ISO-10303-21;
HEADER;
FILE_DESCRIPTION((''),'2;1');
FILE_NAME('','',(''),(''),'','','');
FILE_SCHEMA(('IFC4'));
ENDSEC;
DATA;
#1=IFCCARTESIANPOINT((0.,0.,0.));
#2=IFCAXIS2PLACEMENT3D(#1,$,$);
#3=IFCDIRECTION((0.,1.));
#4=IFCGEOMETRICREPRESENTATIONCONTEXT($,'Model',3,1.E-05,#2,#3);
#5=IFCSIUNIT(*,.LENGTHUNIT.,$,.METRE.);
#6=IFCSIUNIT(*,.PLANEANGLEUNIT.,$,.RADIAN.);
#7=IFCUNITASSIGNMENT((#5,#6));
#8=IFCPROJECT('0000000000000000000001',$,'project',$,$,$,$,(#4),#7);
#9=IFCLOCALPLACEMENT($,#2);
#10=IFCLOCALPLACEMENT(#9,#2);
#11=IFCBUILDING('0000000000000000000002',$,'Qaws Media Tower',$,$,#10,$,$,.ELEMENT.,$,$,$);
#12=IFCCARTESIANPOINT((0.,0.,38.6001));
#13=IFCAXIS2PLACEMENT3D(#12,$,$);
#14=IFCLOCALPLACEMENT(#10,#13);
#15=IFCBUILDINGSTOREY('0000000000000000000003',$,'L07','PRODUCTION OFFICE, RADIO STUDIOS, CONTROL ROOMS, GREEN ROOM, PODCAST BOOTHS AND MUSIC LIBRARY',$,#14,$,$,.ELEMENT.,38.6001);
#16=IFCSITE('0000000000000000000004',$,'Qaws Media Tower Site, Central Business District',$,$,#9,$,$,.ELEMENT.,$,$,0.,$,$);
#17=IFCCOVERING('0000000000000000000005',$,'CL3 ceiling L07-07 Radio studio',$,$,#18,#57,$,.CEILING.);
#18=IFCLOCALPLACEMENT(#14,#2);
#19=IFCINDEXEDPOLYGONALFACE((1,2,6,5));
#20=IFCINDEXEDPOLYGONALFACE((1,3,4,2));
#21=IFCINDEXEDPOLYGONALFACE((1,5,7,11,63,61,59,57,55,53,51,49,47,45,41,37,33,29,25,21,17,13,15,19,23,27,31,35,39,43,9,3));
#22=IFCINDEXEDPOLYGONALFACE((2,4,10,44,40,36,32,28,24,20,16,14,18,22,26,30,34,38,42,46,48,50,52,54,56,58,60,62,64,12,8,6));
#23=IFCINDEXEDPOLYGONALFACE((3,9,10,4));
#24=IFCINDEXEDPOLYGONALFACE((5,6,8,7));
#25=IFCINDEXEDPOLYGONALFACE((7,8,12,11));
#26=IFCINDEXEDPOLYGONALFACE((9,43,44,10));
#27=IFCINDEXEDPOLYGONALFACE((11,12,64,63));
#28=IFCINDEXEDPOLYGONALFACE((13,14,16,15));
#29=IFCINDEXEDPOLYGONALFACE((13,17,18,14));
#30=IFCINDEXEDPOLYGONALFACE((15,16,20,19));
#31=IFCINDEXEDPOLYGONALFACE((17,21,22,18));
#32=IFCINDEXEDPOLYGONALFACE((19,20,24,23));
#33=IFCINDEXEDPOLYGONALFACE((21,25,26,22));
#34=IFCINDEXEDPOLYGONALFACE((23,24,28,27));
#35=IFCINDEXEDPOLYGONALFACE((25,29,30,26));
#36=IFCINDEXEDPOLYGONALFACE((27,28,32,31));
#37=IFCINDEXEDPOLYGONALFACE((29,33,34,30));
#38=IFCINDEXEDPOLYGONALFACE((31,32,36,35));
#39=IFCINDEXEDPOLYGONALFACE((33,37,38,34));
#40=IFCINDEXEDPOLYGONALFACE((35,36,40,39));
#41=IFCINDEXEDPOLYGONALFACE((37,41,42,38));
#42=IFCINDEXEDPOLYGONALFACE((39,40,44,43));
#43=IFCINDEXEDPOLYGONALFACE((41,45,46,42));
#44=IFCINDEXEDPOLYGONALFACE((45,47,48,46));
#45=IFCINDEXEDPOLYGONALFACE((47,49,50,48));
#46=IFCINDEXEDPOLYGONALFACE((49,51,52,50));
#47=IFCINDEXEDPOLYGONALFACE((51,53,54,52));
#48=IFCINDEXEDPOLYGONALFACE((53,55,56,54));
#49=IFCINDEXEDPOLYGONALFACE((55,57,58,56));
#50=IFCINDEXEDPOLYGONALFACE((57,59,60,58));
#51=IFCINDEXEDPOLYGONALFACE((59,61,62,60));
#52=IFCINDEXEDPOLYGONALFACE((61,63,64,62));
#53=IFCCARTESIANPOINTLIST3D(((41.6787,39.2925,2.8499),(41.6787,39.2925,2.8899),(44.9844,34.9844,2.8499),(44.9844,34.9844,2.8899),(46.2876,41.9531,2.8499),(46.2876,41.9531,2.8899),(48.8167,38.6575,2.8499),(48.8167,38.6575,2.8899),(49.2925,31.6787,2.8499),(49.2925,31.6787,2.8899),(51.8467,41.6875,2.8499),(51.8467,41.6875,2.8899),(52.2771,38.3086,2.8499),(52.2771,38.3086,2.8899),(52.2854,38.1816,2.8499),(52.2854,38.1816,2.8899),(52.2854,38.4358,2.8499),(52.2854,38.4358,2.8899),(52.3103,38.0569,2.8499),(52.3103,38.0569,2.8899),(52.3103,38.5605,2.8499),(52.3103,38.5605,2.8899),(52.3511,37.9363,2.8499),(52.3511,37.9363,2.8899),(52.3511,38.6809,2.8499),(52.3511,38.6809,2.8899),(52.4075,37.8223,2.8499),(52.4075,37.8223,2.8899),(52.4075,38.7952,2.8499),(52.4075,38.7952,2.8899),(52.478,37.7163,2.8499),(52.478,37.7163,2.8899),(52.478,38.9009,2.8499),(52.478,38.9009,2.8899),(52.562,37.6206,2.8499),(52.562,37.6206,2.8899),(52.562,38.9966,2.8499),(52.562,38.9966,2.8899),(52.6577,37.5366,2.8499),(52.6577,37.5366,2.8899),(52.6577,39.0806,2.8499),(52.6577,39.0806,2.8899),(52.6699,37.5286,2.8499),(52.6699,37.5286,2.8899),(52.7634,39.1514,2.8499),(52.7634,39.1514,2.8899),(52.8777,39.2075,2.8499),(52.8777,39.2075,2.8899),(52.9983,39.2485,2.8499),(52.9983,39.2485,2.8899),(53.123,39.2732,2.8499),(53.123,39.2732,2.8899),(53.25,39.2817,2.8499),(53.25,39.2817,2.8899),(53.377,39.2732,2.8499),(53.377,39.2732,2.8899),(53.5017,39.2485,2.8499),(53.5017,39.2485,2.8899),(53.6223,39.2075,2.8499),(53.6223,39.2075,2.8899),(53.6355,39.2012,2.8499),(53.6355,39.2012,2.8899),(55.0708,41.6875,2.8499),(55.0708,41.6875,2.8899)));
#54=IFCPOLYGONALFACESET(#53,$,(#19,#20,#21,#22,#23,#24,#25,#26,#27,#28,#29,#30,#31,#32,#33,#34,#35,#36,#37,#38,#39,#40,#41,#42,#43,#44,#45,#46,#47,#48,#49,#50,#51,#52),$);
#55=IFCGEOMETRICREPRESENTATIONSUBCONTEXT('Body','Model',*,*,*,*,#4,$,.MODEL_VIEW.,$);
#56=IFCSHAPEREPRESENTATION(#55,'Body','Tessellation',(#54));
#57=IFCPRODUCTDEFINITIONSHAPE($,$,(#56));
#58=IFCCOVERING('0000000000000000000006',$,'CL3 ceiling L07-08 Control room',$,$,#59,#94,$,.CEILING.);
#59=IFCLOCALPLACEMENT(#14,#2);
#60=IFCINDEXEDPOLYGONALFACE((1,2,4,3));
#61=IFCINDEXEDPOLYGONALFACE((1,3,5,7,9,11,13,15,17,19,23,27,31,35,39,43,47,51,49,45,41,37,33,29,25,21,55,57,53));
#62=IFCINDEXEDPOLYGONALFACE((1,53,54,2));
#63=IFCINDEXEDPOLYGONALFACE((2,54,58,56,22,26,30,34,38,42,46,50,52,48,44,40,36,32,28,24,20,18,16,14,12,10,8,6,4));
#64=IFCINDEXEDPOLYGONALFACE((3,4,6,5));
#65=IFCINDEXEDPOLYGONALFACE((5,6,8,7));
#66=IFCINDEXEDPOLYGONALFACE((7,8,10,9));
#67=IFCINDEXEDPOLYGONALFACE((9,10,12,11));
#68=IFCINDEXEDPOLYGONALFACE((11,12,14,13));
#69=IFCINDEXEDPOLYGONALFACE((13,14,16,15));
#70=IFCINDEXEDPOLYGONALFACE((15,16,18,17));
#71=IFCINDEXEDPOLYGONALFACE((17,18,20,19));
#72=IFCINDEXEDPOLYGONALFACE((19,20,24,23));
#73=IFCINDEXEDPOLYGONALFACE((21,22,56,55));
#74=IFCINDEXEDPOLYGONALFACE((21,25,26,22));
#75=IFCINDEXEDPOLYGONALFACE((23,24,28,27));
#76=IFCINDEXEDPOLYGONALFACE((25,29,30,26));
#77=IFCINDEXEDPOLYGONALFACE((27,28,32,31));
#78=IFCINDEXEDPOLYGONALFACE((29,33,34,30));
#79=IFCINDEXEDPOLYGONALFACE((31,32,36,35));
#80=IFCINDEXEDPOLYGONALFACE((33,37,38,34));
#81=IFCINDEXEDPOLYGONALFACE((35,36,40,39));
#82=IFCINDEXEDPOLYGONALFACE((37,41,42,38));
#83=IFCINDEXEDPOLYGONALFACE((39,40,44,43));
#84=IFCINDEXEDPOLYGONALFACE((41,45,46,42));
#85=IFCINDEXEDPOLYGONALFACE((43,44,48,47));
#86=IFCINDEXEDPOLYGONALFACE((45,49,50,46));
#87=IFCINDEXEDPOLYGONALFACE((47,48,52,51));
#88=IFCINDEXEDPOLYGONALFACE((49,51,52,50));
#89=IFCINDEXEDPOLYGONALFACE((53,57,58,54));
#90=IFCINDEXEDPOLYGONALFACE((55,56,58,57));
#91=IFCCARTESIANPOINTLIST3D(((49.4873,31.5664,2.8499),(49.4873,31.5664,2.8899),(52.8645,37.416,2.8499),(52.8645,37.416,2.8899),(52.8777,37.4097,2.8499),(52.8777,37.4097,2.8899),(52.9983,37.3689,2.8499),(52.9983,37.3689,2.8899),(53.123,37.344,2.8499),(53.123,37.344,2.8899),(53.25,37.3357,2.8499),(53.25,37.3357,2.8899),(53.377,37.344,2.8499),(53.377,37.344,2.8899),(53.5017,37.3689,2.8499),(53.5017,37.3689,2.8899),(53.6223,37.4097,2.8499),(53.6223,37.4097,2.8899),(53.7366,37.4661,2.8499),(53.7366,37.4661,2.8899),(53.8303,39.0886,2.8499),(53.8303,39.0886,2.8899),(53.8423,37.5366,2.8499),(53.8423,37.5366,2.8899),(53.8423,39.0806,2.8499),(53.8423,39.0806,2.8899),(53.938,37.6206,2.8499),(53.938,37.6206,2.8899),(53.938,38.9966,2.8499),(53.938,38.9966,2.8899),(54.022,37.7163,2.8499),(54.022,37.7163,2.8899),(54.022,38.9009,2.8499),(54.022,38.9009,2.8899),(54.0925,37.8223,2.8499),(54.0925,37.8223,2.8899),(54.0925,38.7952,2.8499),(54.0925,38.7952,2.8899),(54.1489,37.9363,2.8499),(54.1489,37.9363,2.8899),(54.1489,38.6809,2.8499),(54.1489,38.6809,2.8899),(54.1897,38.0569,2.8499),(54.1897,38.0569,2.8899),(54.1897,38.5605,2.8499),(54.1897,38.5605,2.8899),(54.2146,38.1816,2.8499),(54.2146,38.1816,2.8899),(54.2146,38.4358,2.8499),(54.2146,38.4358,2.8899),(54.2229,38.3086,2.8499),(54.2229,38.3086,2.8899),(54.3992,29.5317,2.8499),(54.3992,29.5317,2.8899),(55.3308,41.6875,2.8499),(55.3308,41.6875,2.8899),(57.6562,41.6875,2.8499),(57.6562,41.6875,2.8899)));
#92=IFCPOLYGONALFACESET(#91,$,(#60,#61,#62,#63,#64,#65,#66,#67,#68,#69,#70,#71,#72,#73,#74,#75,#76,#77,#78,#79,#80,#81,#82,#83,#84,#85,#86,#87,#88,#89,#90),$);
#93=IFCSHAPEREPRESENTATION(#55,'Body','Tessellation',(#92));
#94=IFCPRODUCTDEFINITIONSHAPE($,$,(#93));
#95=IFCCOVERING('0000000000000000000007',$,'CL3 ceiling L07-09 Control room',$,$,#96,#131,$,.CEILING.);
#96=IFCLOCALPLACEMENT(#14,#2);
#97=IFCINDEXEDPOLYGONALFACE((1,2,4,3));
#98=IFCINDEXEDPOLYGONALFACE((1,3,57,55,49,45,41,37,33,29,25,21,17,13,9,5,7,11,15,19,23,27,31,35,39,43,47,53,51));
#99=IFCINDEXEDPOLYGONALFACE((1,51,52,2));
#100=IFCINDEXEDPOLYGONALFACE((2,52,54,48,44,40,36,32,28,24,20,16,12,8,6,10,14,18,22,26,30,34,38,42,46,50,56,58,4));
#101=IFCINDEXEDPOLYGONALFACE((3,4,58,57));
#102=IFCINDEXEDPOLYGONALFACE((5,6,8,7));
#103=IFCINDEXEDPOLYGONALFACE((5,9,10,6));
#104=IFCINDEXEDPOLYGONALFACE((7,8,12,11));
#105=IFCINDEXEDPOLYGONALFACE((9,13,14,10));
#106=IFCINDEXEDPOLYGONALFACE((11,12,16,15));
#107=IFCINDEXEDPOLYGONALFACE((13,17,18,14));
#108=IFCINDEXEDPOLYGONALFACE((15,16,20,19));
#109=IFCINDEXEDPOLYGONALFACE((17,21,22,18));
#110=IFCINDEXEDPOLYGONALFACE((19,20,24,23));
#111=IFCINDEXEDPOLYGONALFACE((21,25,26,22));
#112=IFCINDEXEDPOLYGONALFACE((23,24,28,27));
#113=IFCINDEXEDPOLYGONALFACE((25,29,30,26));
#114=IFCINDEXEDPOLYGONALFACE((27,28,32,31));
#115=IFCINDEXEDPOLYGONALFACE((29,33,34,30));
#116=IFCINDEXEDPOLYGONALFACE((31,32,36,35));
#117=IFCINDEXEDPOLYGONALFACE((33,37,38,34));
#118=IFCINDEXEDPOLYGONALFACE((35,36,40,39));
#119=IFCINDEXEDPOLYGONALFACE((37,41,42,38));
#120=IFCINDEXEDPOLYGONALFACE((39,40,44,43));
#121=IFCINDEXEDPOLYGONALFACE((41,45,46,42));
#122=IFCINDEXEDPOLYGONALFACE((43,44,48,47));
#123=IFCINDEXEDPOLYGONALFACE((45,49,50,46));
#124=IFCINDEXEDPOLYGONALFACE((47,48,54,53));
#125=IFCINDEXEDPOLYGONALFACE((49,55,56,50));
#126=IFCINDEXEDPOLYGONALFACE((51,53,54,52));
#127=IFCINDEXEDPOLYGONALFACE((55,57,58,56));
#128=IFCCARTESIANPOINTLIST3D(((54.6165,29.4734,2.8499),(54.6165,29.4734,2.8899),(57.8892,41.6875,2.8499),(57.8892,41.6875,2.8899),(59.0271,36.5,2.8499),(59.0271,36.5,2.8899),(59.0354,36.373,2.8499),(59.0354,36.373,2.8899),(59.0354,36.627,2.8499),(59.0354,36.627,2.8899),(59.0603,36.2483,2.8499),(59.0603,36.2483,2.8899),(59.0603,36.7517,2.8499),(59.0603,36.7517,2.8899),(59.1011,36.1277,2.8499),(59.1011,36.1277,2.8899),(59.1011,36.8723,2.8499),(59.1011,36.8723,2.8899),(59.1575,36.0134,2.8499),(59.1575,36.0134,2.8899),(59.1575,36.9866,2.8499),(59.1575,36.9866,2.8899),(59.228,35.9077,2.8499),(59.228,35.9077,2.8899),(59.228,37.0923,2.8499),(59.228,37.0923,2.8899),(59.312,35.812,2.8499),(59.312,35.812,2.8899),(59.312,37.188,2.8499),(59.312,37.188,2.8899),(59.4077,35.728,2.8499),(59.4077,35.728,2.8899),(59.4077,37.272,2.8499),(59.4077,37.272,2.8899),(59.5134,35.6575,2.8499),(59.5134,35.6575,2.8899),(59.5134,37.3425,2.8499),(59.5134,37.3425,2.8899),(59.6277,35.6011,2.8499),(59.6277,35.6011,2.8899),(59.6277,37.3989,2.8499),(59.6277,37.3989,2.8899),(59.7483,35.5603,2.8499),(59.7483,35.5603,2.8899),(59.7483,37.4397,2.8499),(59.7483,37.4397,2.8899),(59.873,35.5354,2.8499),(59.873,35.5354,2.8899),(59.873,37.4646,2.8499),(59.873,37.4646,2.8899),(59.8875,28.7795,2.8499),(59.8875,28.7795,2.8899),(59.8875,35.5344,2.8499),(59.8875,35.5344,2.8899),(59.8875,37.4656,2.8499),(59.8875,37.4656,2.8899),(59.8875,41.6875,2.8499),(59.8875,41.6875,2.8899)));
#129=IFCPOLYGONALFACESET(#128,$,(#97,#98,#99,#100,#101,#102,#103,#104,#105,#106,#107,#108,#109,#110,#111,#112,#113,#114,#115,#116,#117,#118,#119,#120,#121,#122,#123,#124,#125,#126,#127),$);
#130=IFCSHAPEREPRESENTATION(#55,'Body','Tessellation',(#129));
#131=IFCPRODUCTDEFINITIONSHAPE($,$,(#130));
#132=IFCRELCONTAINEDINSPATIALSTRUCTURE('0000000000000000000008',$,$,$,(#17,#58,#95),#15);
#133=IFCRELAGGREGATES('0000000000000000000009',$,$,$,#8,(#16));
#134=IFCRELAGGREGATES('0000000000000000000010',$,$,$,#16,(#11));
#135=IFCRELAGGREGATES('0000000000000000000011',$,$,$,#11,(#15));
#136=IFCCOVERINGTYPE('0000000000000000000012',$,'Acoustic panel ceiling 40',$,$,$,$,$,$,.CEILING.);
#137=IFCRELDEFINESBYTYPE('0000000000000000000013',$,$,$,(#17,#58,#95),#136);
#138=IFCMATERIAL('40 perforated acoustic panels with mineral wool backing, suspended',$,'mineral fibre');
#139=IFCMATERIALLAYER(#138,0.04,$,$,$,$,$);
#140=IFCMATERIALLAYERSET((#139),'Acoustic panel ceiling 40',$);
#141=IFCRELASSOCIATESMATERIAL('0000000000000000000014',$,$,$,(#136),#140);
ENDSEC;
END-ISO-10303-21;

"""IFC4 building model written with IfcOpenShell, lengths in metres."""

from ifc_helpers import new_model, si_unit, direction, frame, origin, place, context, subcontext, project, spatial, polyline, outline, extrude, material, layer, layer_set, type_object, element, save


model = new_model("IFC4")

# Units and contexts
model_context = context("Model", 3, precision=1e-05, world=origin(), true_north=direction((0.0, 1.0)))
body_context = subcontext(model_context, "Body", "Model", "MODEL_VIEW")
ifc_project = project(units=[si_unit("LENGTHUNIT", "METRE"), si_unit("PLANEANGLEUNIT", "RADIAN")], contexts=[model_context])

# Site, building, storey
site_placement = place(None, origin())
site = spatial("IfcSite", under=ifc_project, at=site_placement, Name="Qaws Media Tower Site, Central Business District", CompositionType="ELEMENT", RefElevation=0.0)
building_placement = place(site_placement, origin())
building = spatial("IfcBuilding", under=site, at=building_placement, Name="Qaws Media Tower", CompositionType="ELEMENT")
storey_placement = place(building_placement, frame((0.0, 0.0, 38.6001)))
storey = spatial("IfcBuildingStorey", under=building, at=storey_placement, Name="L07", Description="PRODUCTION OFFICE, RADIO STUDIOS, CONTROL ROOMS, GREEN ROOM, PODCAST BOOTHS AND MUSIC LIBRARY", CompositionType="ELEMENT", Elevation=38.6001)

# Coverings
ifc_material_1 = material(Name="40 perforated acoustic panels with mineral wool backing, suspended", Category="mineral fibre")
ifc_layer_1 = layer(ifc_material_1, 0.04)
ifc_layer_set_1 = layer_set([ifc_layer_1], Name="Acoustic panel ceiling 40")
covering_type_1 = type_object("IfcCoveringType", Name="Acoustic panel ceiling 40", PredefinedType="CEILING", material=ifc_layer_set_1)
covering_1_placement = place(storey_placement, frame((0.0, 0.0, 2.8499)))
element("IfcCovering", 1, at=covering_1_placement, inside=storey, type_object=covering_type_1, Name="CL3 ceiling L07-07 Radio studio", PredefinedType="CEILING", context=body_context, shape_type="SweptSolid", body=[
    extrude(outline(polyline([(48.8167, 38.6575), (51.8467, 41.6875), (55.0708, 41.6875), (53.6355, 39.2012), (53.6223, 39.2075), (53.5017, 39.2485), (53.377, 39.2732), (53.25, 39.2817), (53.123, 39.2732), (52.9983, 39.2485), (52.8777, 39.2075), (52.7634, 39.1514), (52.6577, 39.0806), (52.562, 38.9966), (52.478, 38.9009), (52.4075, 38.7952), (52.3511, 38.6809), (52.3103, 38.5605), (52.2854, 38.4358), (52.2771, 38.3086), (52.2854, 38.1816), (52.3103, 38.0569), (52.3511, 37.9363), (52.4075, 37.8223), (52.478, 37.7163), (52.562, 37.6206), (52.6577, 37.5366), (52.6699, 37.5286), (49.2925, 31.6787), (44.9844, 34.9844), (41.6787, 39.2925), (46.2876, 41.9531), (48.8167, 38.6575)])), origin(), (0.0, 0.0, 1.0), 0.04),
])
covering_2_placement = place(storey_placement, frame((0.0, 0.0, 2.8499)))
element("IfcCovering", 2, at=covering_2_placement, inside=storey, type_object=covering_type_1, Name="CL3 ceiling L07-08 Control room", PredefinedType="CEILING", context=body_context, shape_type="SweptSolid", body=[
    extrude(outline(polyline([(49.4873, 31.5664), (52.8645, 37.416), (52.8777, 37.4097), (52.9983, 37.3689), (53.123, 37.344), (53.25, 37.3357), (53.377, 37.344), (53.5017, 37.3689), (53.6223, 37.4097), (53.7366, 37.4661), (53.8423, 37.5366), (53.938, 37.6206), (54.022, 37.7163), (54.0925, 37.8223), (54.1489, 37.9363), (54.1897, 38.0569), (54.2146, 38.1816), (54.2229, 38.3086), (54.2146, 38.4358), (54.1897, 38.5605), (54.1489, 38.6809), (54.0925, 38.7952), (54.022, 38.9009), (53.938, 38.9966), (53.8423, 39.0806), (53.8303, 39.0886), (55.3308, 41.6875), (57.6562, 41.6875), (54.3992, 29.5317), (49.4873, 31.5664)])), origin(), (0.0, 0.0, 1.0), 0.04),
])
covering_3_placement = place(storey_placement, frame((0.0, 0.0, 2.8499)))
element("IfcCovering", 3, at=covering_3_placement, inside=storey, type_object=covering_type_1, Name="CL3 ceiling L07-09 Control room", PredefinedType="CEILING", context=body_context, shape_type="SweptSolid", body=[
    extrude(outline(polyline([(54.6165, 29.4734), (57.8892, 41.6875), (59.8875, 41.6875), (59.8875, 37.4656), (59.873, 37.4646), (59.7483, 37.4397), (59.6277, 37.3989), (59.5134, 37.3425), (59.4077, 37.272), (59.312, 37.188), (59.228, 37.0923), (59.1575, 36.9866), (59.1011, 36.8723), (59.0603, 36.7517), (59.0354, 36.627), (59.0271, 36.5), (59.0354, 36.373), (59.0603, 36.2483), (59.1011, 36.1277), (59.1575, 36.0134), (59.228, 35.9077), (59.312, 35.812), (59.4077, 35.728), (59.5134, 35.6575), (59.6277, 35.6011), (59.7483, 35.5603), (59.873, 35.5354), (59.8875, 35.5344), (59.8875, 28.7795), (54.6165, 29.4734)])), origin(), (0.0, 0.0, 1.0), 0.04),
])

save(model, "model.ifc")
